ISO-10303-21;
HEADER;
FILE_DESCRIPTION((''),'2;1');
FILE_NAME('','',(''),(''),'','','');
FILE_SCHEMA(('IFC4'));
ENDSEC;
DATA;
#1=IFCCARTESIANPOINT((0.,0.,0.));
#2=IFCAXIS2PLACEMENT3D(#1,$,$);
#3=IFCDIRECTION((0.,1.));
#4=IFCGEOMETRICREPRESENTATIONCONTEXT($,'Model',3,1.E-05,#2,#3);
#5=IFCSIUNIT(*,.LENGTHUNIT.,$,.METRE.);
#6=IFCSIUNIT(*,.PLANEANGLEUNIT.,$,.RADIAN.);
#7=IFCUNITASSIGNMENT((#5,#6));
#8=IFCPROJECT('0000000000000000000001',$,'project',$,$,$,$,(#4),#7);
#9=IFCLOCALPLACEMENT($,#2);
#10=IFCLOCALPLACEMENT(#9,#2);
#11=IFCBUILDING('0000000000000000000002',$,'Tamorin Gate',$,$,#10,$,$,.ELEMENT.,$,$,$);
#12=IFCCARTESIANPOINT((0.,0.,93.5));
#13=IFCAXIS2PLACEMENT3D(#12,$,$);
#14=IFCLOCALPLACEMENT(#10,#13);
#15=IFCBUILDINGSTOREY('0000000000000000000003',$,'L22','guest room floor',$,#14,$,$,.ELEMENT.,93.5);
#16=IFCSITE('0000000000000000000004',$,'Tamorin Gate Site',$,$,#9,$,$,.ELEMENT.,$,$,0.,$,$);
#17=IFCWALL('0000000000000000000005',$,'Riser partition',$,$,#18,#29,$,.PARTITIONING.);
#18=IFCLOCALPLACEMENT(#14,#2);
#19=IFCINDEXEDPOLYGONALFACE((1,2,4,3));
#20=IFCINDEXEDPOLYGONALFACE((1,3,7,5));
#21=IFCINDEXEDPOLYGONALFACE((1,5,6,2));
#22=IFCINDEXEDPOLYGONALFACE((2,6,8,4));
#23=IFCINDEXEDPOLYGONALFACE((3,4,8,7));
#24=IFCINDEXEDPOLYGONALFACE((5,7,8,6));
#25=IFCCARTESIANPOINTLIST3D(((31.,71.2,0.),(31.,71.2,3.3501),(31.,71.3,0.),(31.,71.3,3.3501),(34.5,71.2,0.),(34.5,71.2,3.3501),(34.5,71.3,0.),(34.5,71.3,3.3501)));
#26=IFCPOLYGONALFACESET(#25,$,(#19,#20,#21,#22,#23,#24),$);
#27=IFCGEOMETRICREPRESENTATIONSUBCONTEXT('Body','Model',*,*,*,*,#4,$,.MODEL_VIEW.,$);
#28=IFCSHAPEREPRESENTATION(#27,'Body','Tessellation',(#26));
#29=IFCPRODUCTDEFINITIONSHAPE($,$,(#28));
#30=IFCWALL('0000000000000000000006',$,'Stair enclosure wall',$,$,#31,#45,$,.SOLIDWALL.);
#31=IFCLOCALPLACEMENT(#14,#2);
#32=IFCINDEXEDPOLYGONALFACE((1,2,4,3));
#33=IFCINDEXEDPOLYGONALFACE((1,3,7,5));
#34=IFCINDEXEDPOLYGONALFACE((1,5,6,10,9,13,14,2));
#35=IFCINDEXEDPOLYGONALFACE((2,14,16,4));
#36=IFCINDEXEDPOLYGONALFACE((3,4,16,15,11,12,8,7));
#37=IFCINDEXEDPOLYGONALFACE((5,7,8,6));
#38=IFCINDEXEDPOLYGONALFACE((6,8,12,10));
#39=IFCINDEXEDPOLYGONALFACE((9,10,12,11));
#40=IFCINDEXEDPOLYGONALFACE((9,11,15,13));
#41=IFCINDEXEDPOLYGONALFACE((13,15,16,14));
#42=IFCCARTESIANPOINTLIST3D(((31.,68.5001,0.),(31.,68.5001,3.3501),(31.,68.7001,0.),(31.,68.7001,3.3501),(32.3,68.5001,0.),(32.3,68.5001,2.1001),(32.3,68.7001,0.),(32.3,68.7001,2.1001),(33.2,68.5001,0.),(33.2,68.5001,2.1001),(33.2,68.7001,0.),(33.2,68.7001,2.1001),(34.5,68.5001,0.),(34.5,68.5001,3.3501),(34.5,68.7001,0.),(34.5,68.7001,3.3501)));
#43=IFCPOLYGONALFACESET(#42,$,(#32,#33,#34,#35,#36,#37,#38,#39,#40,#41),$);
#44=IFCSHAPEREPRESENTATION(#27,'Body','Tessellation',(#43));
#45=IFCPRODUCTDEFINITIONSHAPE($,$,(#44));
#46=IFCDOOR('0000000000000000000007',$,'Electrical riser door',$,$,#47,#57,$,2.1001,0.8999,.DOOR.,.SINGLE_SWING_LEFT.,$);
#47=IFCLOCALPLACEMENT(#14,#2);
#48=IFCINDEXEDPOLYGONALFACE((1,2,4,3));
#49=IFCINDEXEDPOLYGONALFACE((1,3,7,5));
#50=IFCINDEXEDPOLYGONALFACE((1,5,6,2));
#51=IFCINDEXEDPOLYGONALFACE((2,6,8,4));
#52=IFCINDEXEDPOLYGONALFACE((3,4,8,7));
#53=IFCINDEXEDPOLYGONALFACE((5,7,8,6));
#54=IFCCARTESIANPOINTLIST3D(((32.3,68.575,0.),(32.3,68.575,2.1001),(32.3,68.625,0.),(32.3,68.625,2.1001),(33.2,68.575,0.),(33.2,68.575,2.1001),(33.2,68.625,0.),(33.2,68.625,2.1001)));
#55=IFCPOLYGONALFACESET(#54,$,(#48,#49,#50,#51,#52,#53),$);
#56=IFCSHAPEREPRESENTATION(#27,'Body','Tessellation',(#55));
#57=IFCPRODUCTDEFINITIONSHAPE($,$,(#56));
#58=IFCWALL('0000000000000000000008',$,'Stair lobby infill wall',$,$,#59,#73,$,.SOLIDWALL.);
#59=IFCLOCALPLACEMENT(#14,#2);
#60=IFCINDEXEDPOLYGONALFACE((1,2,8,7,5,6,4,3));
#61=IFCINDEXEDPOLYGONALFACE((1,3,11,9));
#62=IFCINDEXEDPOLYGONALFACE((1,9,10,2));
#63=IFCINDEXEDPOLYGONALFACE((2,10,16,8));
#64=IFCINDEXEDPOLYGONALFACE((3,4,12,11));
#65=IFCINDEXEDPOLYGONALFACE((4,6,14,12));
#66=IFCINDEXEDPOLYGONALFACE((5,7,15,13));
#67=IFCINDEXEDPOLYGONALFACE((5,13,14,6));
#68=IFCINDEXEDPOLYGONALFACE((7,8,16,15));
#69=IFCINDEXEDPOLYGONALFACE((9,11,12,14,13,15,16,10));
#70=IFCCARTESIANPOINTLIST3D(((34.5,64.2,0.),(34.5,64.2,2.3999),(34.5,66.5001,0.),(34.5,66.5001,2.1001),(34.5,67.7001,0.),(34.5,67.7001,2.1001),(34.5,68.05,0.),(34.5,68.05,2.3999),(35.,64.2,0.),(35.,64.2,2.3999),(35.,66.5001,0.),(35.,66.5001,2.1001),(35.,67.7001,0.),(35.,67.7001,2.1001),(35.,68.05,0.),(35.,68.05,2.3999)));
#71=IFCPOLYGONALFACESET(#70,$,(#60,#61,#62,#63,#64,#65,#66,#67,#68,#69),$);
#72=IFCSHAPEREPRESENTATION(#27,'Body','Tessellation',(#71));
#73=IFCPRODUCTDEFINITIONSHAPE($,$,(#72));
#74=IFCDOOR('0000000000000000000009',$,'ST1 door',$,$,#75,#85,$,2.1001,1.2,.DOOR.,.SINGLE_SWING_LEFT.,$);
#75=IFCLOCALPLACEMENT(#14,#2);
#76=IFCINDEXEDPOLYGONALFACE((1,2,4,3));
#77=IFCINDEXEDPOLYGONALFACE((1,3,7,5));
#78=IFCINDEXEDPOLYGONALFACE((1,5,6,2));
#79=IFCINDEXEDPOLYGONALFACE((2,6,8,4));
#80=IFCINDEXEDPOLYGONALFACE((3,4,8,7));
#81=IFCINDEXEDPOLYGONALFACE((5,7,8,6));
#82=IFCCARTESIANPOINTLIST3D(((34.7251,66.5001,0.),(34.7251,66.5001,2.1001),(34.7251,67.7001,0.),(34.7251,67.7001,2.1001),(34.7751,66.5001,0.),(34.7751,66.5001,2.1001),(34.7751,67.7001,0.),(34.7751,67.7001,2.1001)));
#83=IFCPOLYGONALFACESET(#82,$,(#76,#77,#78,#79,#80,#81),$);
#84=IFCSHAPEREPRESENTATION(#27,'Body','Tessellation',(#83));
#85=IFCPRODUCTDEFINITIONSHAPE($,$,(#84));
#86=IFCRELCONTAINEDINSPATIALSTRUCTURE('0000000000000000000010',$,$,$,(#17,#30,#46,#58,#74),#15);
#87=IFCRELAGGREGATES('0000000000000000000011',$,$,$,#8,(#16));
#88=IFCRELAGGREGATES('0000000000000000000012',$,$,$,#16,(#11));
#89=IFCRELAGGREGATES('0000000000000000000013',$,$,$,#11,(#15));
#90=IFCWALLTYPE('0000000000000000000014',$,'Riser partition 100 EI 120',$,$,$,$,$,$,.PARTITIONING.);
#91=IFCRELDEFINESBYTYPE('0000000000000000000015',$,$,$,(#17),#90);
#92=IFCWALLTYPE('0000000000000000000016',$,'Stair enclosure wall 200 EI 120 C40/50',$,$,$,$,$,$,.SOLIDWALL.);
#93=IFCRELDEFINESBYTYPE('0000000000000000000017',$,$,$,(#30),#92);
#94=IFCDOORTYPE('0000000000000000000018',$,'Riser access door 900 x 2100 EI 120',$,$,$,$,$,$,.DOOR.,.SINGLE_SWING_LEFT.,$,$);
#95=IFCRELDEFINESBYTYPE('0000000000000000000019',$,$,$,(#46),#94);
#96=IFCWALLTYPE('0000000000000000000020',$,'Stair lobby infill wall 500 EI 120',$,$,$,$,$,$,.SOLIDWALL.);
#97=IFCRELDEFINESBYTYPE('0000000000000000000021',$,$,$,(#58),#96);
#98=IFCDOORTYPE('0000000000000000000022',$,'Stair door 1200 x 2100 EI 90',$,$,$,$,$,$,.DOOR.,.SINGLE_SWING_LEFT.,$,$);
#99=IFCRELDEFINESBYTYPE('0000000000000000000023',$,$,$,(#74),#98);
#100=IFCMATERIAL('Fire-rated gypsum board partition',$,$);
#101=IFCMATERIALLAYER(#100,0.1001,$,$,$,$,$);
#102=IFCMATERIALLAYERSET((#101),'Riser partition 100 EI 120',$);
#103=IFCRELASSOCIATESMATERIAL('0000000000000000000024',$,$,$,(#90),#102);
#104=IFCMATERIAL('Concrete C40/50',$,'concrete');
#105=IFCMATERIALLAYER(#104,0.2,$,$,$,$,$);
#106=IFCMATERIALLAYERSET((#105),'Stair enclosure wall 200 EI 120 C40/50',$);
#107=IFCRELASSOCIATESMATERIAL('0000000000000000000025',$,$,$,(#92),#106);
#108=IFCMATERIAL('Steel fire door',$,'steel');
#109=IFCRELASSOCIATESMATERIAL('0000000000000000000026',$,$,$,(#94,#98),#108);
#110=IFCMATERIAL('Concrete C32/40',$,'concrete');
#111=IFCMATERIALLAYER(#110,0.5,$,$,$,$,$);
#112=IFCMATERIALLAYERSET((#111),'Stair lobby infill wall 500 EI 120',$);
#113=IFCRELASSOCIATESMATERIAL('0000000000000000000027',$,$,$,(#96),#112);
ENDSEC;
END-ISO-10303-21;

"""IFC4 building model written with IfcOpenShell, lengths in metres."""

from ifc_helpers import new_model, si_unit, direction, frame, frame_2d, origin, place, context, subcontext, project, spatial, rectangle, extrude, material, layer, layer_set, type_object, element, fill, save


model = new_model("IFC4")

# Units and contexts
model_context = context("Model", 3, precision=1e-05, world=origin(), true_north=direction((0.0, 1.0)))
body_context = subcontext(model_context, "Body", "Model", "MODEL_VIEW")
ifc_project = project(units=[si_unit("LENGTHUNIT", "METRE"), si_unit("PLANEANGLEUNIT", "RADIAN")], contexts=[model_context])

# Site, building, storey
site_placement = place(None, origin())
site = spatial("IfcSite", under=ifc_project, at=site_placement, Name="Tamorin Gate Site", CompositionType="ELEMENT", RefElevation=0.0)
building_placement = place(site_placement, origin())
building = spatial("IfcBuilding", under=site, at=building_placement, Name="Tamorin Gate", CompositionType="ELEMENT")
storey_placement = place(building_placement, frame((0.0, 0.0, 93.5)))
storey = spatial("IfcBuildingStorey", under=building, at=storey_placement, Name="L22", Description="guest room floor", CompositionType="ELEMENT", Elevation=93.5)

# Shared definitions
ifc_material_1 = material(Name="Concrete C32/40", Category="concrete")

# Wall
ifc_material_2 = material(Name="Fire-rated gypsum board partition")
ifc_layer_1 = layer(ifc_material_2, 0.1001)
ifc_layer_set_1 = layer_set([ifc_layer_1], Name="Riser partition 100 EI 120")
wall_type_1 = type_object("IfcWallType", Name="Riser partition 100 EI 120", PredefinedType="PARTITIONING", material=ifc_layer_set_1)
wall_1_placement = place(storey_placement, frame((31.0, 71.25, 0.0), z_axis=(0.0, 0.0, 1.0), x_axis=(1.0, 0.0, 0.0)))
element("IfcWall", 1, at=wall_1_placement, inside=storey, type_object=wall_type_1, Name="Riser partition", PredefinedType="PARTITIONING", context=body_context, shape_type="SweptSolid", body=[
    extrude(rectangle(XDim=3.5, YDim=0.1001, at=frame_2d((1.75, 0.0))), origin(), (0.0, 0.0, 1.0), 3.3501),
])

# Walls, openings, doors
ifc_material_3 = material(Name="Concrete C40/50", Category="concrete")
ifc_layer_2 = layer(ifc_material_3, 0.2)
ifc_layer_set_2 = layer_set([ifc_layer_2], Name="Stair enclosure wall 200 EI 120 C40/50")
wall_type_2 = type_object("IfcWallType", Name="Stair enclosure wall 200 EI 120 C40/50", PredefinedType="SOLIDWALL", material=ifc_layer_set_2)
wall_2_placement = place(storey_placement, frame((31.0, 68.6001, 0.0), z_axis=(0.0, 0.0, 1.0), x_axis=(1.0, 0.0, 0.0)))
wall_2 = element("IfcWall", 2, at=wall_2_placement, inside=storey, type_object=wall_type_2, Name="Stair enclosure wall", PredefinedType="SOLIDWALL", context=body_context, shape_type="SweptSolid", body=[
    extrude(rectangle(XDim=3.5, YDim=0.2, at=frame_2d((1.75, 0.0))), origin(), (0.0, 0.0, 1.0), 3.3501),
])
opening_1_placement = place(wall_2_placement, frame((1.3, 0.0, 0.0)))
opening_1 = element("IfcOpeningElement", 3, at=opening_1_placement, cuts=wall_2, PredefinedType="OPENING", context=body_context, shape_type="SweptSolid", body=[
    extrude(rectangle(XDim=0.8999, YDim=2.1001, at=frame_2d((0.45, 1.05))), frame((0.0, 0.1099, 0.0), z_axis=(0.0, -1.0, 0.0), x_axis=(1.0, 0.0, 0.0)), (0.0, 0.0, 1.0), 0.22),
])
ifc_material_4 = material(Name="Steel fire door", Category="steel")
door_type_1 = type_object("IfcDoorType", Name="Riser access door 900 x 2100 EI 120", OperationType="SINGLE_SWING_LEFT", PredefinedType="DOOR", material=ifc_material_4)
door_1_placement = place(opening_1_placement, origin())
door_1 = element("IfcDoor", 4, at=door_1_placement, inside=storey, type_object=door_type_1, Name="Electrical riser door", OperationType="SINGLE_SWING_LEFT", OverallHeight=2.1001, OverallWidth=0.8999, PredefinedType="DOOR", context=body_context, shape_type="SweptSolid", body=[
    extrude(rectangle(XDim=0.8999, YDim=2.1001, at=frame_2d((0.45, 1.05))), frame((0.0, 0.0249, 0.0), z_axis=(0.0, -1.0, 0.0), x_axis=(1.0, 0.0, 0.0)), (0.0, 0.0, 1.0), 0.05),
])
fill(opening_1, door_1)
ifc_layer_3 = layer(ifc_material_1, 0.5)
ifc_layer_set_3 = layer_set([ifc_layer_3], Name="Stair lobby infill wall 500 EI 120")
wall_type_3 = type_object("IfcWallType", Name="Stair lobby infill wall 500 EI 120", PredefinedType="SOLIDWALL", material=ifc_layer_set_3)
wall_3_placement = place(storey_placement, frame((34.75, 64.2, 0.0), z_axis=(0.0, 0.0, 1.0), x_axis=(0.0, 1.0, 0.0)))
wall_3 = element("IfcWall", 5, at=wall_3_placement, inside=storey, type_object=wall_type_3, Name="Stair lobby infill wall", PredefinedType="SOLIDWALL", context=body_context, shape_type="SweptSolid", body=[
    extrude(rectangle(XDim=3.8501, YDim=0.5, at=frame_2d((1.925, 0.0))), origin(), (0.0, 0.0, 1.0), 2.3999),
])
opening_2_placement = place(wall_3_placement, frame((2.3, 0.0, 0.0)))
opening_2 = element("IfcOpeningElement", 6, at=opening_2_placement, cuts=wall_3, PredefinedType="OPENING", context=body_context, shape_type="SweptSolid", body=[
    extrude(rectangle(XDim=1.2, YDim=2.1001, at=frame_2d((0.6001, 1.05))), frame((0.0, 0.26, 0.0), z_axis=(0.0, -1.0, 0.0), x_axis=(1.0, 0.0, 0.0)), (0.0, 0.0, 1.0), 0.52),
])
door_type_2 = type_object("IfcDoorType", Name="Stair door 1200 x 2100 EI 90", OperationType="SINGLE_SWING_LEFT", PredefinedType="DOOR", material=ifc_material_4)
door_2_placement = place(opening_2_placement, origin())
door_2 = element("IfcDoor", 7, at=door_2_placement, inside=storey, type_object=door_type_2, Name="ST1 door", OperationType="SINGLE_SWING_LEFT", OverallHeight=2.1001, OverallWidth=1.2, PredefinedType="DOOR", context=body_context, shape_type="SweptSolid", body=[
    extrude(rectangle(XDim=1.2, YDim=2.1001, at=frame_2d((0.6001, 1.05))), frame((0.0, 0.0249, 0.0), z_axis=(0.0, -1.0, 0.0), x_axis=(1.0, 0.0, 0.0)), (0.0, 0.0, 1.0), 0.05),
])
fill(opening_2, door_2)

save(model, "model.ifc")
